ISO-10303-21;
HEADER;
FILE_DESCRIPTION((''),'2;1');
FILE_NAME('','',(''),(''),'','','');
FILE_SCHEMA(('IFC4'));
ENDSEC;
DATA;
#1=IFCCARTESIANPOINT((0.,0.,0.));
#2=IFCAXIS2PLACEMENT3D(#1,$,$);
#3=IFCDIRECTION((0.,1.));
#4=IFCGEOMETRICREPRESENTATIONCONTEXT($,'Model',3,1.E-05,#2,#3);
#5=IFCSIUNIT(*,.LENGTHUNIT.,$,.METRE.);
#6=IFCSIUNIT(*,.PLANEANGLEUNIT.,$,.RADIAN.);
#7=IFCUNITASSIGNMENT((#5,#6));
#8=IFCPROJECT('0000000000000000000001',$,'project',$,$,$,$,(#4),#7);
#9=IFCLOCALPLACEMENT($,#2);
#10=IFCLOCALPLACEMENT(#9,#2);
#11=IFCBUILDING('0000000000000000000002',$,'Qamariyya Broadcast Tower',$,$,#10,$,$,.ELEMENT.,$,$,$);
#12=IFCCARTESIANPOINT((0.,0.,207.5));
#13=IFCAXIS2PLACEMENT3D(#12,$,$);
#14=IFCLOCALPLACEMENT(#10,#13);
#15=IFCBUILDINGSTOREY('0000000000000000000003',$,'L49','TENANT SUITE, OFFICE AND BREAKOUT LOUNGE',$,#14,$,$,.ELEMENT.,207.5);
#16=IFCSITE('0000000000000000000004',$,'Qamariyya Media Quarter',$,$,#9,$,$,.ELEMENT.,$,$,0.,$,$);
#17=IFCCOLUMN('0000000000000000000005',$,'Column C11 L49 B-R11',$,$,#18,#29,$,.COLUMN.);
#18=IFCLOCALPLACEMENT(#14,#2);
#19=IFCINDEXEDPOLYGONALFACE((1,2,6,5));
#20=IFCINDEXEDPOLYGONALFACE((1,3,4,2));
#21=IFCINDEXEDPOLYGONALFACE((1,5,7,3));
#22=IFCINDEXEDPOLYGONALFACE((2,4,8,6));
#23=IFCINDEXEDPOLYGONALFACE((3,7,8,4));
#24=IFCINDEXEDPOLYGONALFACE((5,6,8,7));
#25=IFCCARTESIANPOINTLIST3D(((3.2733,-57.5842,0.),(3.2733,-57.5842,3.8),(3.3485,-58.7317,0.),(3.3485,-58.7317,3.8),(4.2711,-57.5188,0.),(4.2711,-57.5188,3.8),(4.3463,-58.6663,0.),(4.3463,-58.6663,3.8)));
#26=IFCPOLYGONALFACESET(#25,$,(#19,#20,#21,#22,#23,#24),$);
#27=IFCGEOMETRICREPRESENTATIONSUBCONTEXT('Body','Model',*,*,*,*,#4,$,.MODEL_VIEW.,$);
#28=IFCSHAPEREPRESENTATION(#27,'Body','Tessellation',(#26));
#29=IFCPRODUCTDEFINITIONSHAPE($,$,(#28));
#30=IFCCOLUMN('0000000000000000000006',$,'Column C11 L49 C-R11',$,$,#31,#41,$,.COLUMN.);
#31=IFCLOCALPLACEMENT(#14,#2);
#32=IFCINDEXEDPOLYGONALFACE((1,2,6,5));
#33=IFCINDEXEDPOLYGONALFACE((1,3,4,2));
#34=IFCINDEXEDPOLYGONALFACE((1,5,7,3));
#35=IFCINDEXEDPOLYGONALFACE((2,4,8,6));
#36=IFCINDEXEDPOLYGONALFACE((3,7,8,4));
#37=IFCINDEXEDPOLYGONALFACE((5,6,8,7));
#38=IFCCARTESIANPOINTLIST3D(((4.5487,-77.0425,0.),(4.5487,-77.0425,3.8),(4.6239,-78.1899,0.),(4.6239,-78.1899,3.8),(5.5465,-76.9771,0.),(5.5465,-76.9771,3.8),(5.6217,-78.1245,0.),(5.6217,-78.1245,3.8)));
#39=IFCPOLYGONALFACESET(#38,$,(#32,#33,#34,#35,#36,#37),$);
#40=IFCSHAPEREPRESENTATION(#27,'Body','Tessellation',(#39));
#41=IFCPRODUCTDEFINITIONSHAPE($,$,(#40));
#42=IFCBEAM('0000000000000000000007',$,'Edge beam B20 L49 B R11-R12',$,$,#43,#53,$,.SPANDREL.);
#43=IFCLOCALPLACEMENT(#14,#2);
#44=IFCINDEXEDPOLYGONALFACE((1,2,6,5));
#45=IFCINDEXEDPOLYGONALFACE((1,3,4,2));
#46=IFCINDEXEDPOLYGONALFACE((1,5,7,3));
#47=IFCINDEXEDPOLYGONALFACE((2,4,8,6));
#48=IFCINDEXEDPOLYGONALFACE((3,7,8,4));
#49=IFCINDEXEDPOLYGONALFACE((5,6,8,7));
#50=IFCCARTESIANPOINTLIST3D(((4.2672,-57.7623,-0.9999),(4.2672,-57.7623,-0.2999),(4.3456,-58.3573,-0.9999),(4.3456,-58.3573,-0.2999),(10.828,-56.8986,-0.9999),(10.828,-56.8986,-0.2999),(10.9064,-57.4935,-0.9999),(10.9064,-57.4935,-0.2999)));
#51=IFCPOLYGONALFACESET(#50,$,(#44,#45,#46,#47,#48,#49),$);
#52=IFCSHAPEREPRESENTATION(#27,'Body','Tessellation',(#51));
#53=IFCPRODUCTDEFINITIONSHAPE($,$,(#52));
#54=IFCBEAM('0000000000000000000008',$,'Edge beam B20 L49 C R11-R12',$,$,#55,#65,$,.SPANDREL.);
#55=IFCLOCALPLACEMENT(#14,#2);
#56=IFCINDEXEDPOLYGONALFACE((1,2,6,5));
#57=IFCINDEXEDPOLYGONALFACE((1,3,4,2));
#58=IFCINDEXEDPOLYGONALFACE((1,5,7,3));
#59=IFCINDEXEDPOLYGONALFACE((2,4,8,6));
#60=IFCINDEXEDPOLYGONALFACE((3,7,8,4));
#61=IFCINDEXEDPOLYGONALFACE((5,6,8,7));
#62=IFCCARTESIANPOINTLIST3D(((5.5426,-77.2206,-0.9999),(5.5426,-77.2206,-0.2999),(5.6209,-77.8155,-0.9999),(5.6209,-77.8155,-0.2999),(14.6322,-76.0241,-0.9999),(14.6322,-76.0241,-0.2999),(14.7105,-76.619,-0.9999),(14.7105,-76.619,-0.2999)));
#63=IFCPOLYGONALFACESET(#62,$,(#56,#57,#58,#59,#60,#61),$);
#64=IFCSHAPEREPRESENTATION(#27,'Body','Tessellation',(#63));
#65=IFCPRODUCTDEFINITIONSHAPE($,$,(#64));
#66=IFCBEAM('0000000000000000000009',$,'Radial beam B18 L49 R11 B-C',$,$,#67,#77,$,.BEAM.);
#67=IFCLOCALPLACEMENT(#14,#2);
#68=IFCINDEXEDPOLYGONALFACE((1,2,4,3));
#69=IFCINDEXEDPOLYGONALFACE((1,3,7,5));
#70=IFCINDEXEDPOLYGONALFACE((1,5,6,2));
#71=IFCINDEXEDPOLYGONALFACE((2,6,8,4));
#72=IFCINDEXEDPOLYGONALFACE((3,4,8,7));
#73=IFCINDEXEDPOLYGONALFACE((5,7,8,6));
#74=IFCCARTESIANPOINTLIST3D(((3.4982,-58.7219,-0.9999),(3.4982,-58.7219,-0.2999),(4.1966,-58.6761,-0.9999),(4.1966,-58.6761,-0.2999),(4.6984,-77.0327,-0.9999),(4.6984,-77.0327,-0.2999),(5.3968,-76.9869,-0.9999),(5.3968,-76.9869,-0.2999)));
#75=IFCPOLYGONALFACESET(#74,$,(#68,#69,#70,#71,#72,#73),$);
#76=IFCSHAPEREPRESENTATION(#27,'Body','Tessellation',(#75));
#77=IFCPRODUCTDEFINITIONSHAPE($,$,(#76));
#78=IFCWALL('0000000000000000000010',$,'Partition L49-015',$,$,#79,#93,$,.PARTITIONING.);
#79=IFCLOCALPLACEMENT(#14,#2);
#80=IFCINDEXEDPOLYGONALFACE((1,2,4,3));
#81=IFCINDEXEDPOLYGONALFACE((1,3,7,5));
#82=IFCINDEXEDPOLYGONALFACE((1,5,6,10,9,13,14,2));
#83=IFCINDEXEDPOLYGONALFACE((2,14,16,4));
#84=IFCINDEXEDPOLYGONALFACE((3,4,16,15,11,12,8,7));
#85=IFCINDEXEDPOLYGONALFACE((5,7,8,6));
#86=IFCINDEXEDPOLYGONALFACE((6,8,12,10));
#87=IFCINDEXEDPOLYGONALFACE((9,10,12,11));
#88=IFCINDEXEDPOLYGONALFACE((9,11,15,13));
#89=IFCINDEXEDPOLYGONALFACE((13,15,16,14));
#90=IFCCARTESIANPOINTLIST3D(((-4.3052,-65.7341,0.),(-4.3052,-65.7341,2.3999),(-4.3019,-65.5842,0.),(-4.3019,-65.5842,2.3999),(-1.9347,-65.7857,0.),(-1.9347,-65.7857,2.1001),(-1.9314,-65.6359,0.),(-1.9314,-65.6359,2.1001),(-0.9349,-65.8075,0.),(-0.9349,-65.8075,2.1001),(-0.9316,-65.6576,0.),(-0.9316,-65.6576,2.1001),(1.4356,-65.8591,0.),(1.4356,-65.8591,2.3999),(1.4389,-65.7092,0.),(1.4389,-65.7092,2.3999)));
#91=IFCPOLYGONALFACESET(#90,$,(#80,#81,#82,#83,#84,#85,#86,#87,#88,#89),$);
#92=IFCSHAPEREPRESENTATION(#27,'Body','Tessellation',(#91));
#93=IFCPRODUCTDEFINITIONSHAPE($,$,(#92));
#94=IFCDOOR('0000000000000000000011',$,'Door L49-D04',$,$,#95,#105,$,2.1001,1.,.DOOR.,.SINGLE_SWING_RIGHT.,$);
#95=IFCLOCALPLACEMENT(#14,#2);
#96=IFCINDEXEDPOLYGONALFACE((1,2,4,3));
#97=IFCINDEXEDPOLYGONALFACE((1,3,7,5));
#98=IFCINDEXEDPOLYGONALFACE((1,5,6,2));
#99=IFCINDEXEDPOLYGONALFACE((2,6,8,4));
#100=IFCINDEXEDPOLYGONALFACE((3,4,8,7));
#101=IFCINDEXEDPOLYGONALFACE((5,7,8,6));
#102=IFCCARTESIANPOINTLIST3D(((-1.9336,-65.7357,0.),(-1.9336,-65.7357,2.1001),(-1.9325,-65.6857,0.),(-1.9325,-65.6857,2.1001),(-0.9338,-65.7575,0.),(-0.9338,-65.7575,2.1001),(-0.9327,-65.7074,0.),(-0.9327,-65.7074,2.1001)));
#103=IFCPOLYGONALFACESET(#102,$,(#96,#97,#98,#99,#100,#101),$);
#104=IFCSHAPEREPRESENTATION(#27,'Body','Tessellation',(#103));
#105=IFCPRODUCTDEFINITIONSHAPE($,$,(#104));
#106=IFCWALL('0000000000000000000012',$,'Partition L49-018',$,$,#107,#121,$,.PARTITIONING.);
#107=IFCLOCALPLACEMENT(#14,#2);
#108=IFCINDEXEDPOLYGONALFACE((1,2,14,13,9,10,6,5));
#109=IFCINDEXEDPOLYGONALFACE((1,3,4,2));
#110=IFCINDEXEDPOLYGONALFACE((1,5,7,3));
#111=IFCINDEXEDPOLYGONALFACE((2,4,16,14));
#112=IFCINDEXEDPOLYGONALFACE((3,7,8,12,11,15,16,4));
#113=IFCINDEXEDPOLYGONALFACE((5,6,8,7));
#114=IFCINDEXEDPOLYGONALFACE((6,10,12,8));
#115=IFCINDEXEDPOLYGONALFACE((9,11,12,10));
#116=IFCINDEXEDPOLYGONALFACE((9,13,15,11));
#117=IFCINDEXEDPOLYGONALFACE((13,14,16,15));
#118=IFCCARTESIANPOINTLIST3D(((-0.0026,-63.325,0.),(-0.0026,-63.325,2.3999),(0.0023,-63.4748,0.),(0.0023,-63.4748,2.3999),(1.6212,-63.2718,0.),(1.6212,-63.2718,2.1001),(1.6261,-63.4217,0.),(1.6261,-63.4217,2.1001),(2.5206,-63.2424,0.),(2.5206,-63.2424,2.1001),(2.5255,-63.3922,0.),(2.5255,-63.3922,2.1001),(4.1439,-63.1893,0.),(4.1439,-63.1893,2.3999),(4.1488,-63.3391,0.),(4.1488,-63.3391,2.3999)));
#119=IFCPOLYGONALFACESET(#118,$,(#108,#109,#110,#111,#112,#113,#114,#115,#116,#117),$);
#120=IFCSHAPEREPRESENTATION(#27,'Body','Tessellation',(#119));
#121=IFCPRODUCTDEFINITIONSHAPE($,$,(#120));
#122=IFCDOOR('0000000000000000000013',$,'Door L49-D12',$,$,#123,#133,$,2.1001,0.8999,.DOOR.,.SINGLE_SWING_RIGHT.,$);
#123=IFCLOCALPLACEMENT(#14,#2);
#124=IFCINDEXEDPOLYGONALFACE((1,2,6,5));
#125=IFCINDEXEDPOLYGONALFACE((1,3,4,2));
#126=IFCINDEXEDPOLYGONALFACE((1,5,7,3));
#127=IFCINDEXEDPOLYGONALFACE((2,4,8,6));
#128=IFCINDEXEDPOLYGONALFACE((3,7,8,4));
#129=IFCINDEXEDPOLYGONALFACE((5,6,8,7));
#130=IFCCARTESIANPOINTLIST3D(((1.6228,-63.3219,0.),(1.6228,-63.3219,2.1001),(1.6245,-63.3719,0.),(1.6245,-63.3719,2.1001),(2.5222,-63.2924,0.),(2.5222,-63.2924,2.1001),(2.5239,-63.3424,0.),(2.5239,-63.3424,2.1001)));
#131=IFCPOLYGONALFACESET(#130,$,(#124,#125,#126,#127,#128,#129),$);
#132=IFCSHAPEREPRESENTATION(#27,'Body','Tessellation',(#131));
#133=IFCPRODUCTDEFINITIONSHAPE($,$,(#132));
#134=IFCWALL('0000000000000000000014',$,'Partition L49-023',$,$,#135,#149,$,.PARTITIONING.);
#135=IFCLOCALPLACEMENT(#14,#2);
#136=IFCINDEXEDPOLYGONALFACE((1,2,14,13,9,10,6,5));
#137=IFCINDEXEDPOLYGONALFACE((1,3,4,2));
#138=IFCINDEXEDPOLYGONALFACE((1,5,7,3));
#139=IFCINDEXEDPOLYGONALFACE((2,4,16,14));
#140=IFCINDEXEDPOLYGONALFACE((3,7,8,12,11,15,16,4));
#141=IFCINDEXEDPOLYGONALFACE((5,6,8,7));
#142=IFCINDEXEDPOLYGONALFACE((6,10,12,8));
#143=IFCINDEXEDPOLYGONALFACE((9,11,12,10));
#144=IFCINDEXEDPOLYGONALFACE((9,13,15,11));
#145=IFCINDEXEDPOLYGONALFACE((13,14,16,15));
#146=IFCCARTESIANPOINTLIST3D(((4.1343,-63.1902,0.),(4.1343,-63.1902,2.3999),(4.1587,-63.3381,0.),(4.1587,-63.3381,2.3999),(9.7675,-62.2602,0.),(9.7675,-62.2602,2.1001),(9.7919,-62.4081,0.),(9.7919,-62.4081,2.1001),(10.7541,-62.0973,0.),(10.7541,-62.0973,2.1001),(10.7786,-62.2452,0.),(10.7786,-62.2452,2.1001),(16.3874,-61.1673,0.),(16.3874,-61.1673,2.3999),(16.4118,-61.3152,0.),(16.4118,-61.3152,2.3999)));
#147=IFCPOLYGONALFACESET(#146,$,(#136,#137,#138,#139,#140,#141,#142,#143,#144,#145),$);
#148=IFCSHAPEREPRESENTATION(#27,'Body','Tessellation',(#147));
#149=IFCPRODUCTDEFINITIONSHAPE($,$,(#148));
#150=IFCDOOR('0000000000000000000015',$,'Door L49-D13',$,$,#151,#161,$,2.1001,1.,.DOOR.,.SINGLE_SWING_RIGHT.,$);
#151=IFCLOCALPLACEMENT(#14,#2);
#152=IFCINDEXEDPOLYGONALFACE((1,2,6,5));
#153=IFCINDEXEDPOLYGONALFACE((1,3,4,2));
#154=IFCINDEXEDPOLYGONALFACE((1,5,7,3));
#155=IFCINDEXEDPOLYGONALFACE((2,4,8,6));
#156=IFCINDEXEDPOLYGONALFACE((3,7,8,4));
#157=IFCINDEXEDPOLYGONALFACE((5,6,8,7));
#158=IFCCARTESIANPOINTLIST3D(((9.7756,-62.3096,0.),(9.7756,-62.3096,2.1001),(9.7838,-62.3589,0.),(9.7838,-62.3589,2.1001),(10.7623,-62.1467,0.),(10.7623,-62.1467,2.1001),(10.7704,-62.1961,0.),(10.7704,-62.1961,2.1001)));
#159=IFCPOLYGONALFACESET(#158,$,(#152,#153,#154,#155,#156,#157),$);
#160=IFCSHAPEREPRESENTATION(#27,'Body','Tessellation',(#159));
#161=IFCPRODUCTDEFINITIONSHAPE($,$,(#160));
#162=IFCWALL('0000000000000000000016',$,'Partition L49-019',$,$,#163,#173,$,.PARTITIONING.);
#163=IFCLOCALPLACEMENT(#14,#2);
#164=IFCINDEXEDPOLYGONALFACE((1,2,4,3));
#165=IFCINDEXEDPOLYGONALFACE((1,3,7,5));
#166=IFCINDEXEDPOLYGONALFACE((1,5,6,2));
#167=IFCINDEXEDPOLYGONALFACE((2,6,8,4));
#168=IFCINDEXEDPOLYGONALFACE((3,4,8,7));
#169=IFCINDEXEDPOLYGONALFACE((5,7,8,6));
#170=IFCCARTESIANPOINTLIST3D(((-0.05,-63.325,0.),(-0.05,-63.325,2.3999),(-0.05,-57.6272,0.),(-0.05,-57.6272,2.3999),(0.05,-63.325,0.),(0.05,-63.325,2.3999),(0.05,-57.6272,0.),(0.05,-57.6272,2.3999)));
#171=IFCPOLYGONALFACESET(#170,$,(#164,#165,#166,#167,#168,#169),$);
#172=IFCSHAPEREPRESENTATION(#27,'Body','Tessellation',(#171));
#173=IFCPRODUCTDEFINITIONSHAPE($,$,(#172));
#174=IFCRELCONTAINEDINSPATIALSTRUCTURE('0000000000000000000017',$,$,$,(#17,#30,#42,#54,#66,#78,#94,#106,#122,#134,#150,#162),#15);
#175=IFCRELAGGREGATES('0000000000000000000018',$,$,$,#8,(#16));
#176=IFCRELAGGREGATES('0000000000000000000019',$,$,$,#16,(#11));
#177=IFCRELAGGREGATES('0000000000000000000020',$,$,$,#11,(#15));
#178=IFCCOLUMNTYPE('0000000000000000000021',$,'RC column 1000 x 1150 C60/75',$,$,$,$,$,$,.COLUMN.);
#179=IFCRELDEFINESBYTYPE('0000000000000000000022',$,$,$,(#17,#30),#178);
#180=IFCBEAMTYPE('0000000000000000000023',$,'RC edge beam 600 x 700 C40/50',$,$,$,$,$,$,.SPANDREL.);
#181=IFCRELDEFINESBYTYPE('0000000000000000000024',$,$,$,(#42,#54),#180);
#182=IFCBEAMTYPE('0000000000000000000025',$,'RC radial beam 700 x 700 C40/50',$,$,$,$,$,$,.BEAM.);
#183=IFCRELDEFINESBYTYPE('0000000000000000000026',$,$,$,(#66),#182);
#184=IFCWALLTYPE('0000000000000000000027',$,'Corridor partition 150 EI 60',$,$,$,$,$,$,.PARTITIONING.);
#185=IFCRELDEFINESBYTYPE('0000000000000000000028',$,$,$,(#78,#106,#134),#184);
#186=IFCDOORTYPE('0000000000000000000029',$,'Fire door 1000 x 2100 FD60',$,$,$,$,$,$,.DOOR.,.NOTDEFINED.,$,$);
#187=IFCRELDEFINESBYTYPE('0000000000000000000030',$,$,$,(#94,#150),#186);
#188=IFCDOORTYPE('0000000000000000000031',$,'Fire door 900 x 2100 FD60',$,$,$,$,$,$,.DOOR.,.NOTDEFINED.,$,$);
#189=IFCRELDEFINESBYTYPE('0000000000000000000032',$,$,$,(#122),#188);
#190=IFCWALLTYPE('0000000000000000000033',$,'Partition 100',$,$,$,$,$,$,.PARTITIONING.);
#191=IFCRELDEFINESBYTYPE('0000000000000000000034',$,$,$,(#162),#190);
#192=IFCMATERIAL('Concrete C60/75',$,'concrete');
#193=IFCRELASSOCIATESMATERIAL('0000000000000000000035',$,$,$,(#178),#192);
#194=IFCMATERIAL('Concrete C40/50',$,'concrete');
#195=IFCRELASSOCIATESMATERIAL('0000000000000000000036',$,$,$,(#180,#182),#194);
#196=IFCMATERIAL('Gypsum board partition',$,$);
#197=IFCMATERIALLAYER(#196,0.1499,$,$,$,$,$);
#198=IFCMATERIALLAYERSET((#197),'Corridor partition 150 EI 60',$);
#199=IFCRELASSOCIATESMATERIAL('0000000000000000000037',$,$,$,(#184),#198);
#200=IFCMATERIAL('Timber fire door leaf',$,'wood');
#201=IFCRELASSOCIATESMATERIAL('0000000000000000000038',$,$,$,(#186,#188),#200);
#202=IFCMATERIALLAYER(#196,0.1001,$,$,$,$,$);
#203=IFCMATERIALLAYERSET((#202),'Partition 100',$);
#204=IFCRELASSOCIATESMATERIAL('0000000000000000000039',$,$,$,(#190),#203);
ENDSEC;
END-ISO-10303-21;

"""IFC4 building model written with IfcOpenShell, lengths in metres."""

from ifc_helpers import new_model, si_unit, direction, frame, frame_2d, origin, origin_2d, place, context, subcontext, project, spatial, rectangle, extrude, material, layer, layer_set, material_profile, profile_set, type_object, element, fill, save


model = new_model("IFC4")

# Units and contexts
model_context = context("Model", 3, precision=1e-05, world=origin(), true_north=direction((0.0, 1.0)))
body_context = subcontext(model_context, "Body", "Model", "MODEL_VIEW")
ifc_project = project(units=[si_unit("LENGTHUNIT", "METRE"), si_unit("PLANEANGLEUNIT", "RADIAN")], contexts=[model_context])

# Site, building, storey
site_placement = place(None, origin())
site = spatial("IfcSite", under=ifc_project, at=site_placement, Name="Qamariyya Media Quarter", CompositionType="ELEMENT", RefElevation=0.0)
building_placement = place(site_placement, origin())
building = spatial("IfcBuilding", under=site, at=building_placement, Name="Qamariyya Broadcast Tower", CompositionType="ELEMENT")
storey_placement = place(building_placement, frame((0.0, 0.0, 207.5)))
storey = spatial("IfcBuildingStorey", under=building, at=storey_placement, Name="L49", Description="TENANT SUITE, OFFICE AND BREAKOUT LOUNGE", CompositionType="ELEMENT", Elevation=207.5)

# Columns
ifc_material_1 = material(Name="Concrete C60/75", Category="concrete")
ifc_material_profile_1 = material_profile(ifc_material_1, rectangle(XDim=1.0, YDim=1.1499, at=origin_2d()))
ifc_profile_set_1 = profile_set([ifc_material_profile_1], Name="Concrete C60/75")
column_type = type_object("IfcColumnType", Name="RC column 1000 x 1150 C60/75", PredefinedType="COLUMN", material=ifc_profile_set_1)
for number, where, z_axis, x_axis, name in (
    (1, (3.8098, -58.1252, 0.0), (0.0, 0.0, 1.0), (0.997859, 0.065403, 0.0), "Column C11 L49 B-R11"),
    (2, (5.0852, -77.5835, 0.0), (0.0, 0.0, 1.0), (0.997859, 0.065403, 0.0), "Column C11 L49 C-R11"),
):
    element("IfcColumn", number, at=place(storey_placement, frame(where, z_axis=z_axis, x_axis=x_axis)), inside=storey, type_object=column_type, Name=name, PredefinedType="COLUMN", context=body_context, shape_type="SweptSolid", body=[
        extrude(rectangle(XDim=1.0, YDim=1.1499, at=origin_2d()), origin(), (0.0, 0.0, 1.0), 3.8),
    ])

# Beams
ifc_material_2 = material(Name="Concrete C40/50", Category="concrete")
ifc_material_profile_2 = material_profile(ifc_material_2, rectangle(XDim=0.6001, YDim=0.7, at=origin_2d()))
ifc_profile_set_2 = profile_set([ifc_material_profile_2], Name="Concrete C40/50")
beam_type_1 = type_object("IfcBeamType", Name="RC edge beam 600 x 700 C40/50", PredefinedType="SPANDREL", material=ifc_profile_set_2)
beam_1_placement = place(storey_placement, frame((4.3064, -58.0598, -0.6499), z_axis=(0.991444, 0.13053, 0.0), x_axis=(-0.13053, 0.991444, 0.0)))
element("IfcBeam", 3, at=beam_1_placement, inside=storey, type_object=beam_type_1, Name="Edge beam B20 L49 B R11-R12", PredefinedType="SPANDREL", context=body_context, shape_type="SweptSolid", body=[
    extrude(rectangle(XDim=0.6001, YDim=0.7, at=origin_2d()), origin(), (0.0, 0.0, 1.0), 6.6174),
])
beam_2_placement = place(storey_placement, frame((5.5818, -77.5181, -0.6499), z_axis=(0.991447, 0.130512, 0.0), x_axis=(-0.130512, 0.991447, 0.0)))
element("IfcBeam", 4, at=beam_2_placement, inside=storey, type_object=beam_type_1, Name="Edge beam B20 L49 C R11-R12", PredefinedType="SPANDREL", context=body_context, shape_type="SweptSolid", body=[
    extrude(rectangle(XDim=0.6001, YDim=0.7, at=origin_2d()), origin(), (0.0, 0.0, 1.0), 9.168),
])
ifc_material_profile_3 = material_profile(ifc_material_2, rectangle(XDim=0.7, YDim=0.7, at=origin_2d()))
ifc_profile_set_3 = profile_set([ifc_material_profile_3], Name="Concrete C40/50")
beam_type_2 = type_object("IfcBeamType", Name="RC radial beam 700 x 700 C40/50", PredefinedType="BEAM", material=ifc_profile_set_3)
beam_3_placement = place(storey_placement, frame((3.8474, -58.699, -0.6499), z_axis=(0.065405, -0.997859, 0.0), x_axis=(0.997859, 0.065405, 0.0)))
element("IfcBeam", 5, at=beam_3_placement, inside=storey, type_object=beam_type_2, Name="Radial beam B18 L49 R11 B-C", PredefinedType="BEAM", context=body_context, shape_type="SweptSolid", body=[
    extrude(rectangle(XDim=0.7, YDim=0.7, at=origin_2d()), origin(), (0.0, 0.0, 1.0), 18.3501),
])

# Walls, openings, doors
ifc_material_3 = material(Name="Gypsum board partition")
ifc_layer_1 = layer(ifc_material_3, 0.1499)
ifc_layer_set_1 = layer_set([ifc_layer_1], Name="Corridor partition 150 EI 60")
wall_type_1 = type_object("IfcWallType", Name="Corridor partition 150 EI 60", PredefinedType="PARTITIONING", material=ifc_layer_set_1)
wall_1_placement = place(storey_placement, frame((1.4373, -65.7842, 0.0), z_axis=(0.0, 0.0, 1.0), x_axis=(-0.999763, 0.021769, 0.0)))
wall_1 = element("IfcWall", 6, at=wall_1_placement, inside=storey, type_object=wall_type_1, Name="Partition L49-015", PredefinedType="PARTITIONING", context=body_context, shape_type="SweptSolid", body=[
    extrude(rectangle(XDim=5.7422, YDim=0.1499, at=frame_2d((2.8711, 0.0))), origin(), (0.0, 0.0, 1.0), 2.3999),
])
opening_1_placement = place(wall_1_placement, frame((2.3711, 0.0, 0.0)))
opening_1 = element("IfcOpeningElement", 7, at=opening_1_placement, cuts=wall_1, PredefinedType="OPENING", context=body_context, shape_type="SweptSolid", body=[
    extrude(rectangle(XDim=1.0, YDim=2.1001, at=frame_2d((0.5, 1.05))), frame((0.0, 0.085, 0.0), z_axis=(0.0, -1.0, 0.0), x_axis=(1.0, 0.0, 0.0)), (0.0, 0.0, 1.0), 0.1699),
])
ifc_material_4 = material(Name="Timber fire door leaf", Category="wood")
door_type_1 = type_object("IfcDoorType", Name="Fire door 1000 x 2100 FD60", OperationType="NOTDEFINED", PredefinedType="DOOR", material=ifc_material_4)
door_1_placement = place(opening_1_placement, origin())
door_1 = element("IfcDoor", 8, at=door_1_placement, inside=storey, type_object=door_type_1, Name="Door L49-D04", OperationType="SINGLE_SWING_RIGHT", OverallHeight=2.1001, OverallWidth=1.0, PredefinedType="DOOR", context=body_context, shape_type="SweptSolid", body=[
    extrude(rectangle(XDim=1.0, YDim=2.1001, at=frame_2d((0.5, 1.05))), frame((0.0, 0.0249, 0.0), z_axis=(0.0, -1.0, 0.0), x_axis=(1.0, 0.0, 0.0)), (0.0, 0.0, 1.0), 0.05),
])
fill(opening_1, door_1)
wall_2_placement = place(storey_placement, frame((0.0, -63.3999, 0.0), z_axis=(0.0, 0.0, 1.0), x_axis=(0.999465, 0.032719, 0.0)))
wall_2 = element("IfcWall", 9, at=wall_2_placement, inside=storey, type_object=wall_type_1, Name="Partition L49-018", PredefinedType="PARTITIONING", context=body_context, shape_type="SweptSolid", body=[
    extrude(rectangle(XDim=4.1487, YDim=0.1499, at=frame_2d((2.0742, 0.0))), origin(), (0.0, 0.0, 1.0), 2.3999),
])
opening_2_placement = place(wall_2_placement, frame((1.6245, 0.0, 0.0)))
opening_2 = element("IfcOpeningElement", 10, at=opening_2_placement, cuts=wall_2, PredefinedType="OPENING", context=body_context, shape_type="SweptSolid", body=[
    extrude(rectangle(XDim=0.8999, YDim=2.1001, at=frame_2d((0.45, 1.05))), frame((0.0, 0.085, 0.0), z_axis=(0.0, -1.0, 0.0), x_axis=(1.0, 0.0, 0.0)), (0.0, 0.0, 1.0), 0.1699),
])
door_type_2 = type_object("IfcDoorType", Name="Fire door 900 x 2100 FD60", OperationType="NOTDEFINED", PredefinedType="DOOR", material=ifc_material_4)
door_2_placement = place(opening_2_placement, origin())
door_2 = element("IfcDoor", 11, at=door_2_placement, inside=storey, type_object=door_type_2, Name="Door L49-D12", OperationType="SINGLE_SWING_RIGHT", OverallHeight=2.1001, OverallWidth=0.8999, PredefinedType="DOOR", context=body_context, shape_type="SweptSolid", body=[
    extrude(rectangle(XDim=0.8999, YDim=2.1001, at=frame_2d((0.45, 1.05))), frame((0.0, 0.0249, 0.0), z_axis=(0.0, -1.0, 0.0), x_axis=(1.0, 0.0, 0.0)), (0.0, 0.0, 1.0), 0.05),
])
fill(opening_2, door_2)
wall_3_placement = place(storey_placement, frame((4.1465, -63.2642, 0.0), z_axis=(0.0, 0.0, 1.0), x_axis=(0.986644, 0.162891, 0.0)))
wall_3 = element("IfcWall", 12, at=wall_3_placement, inside=storey, type_object=wall_type_1, Name="Partition L49-023", PredefinedType="PARTITIONING", context=body_context, shape_type="SweptSolid", body=[
    extrude(rectangle(XDim=12.4189, YDim=0.1499, at=frame_2d((6.2095, 0.0))), origin(), (0.0, 0.0, 1.0), 2.3999),
])
opening_3_placement = place(wall_3_placement, frame((5.7095, 0.0, 0.0)))
opening_3 = element("IfcOpeningElement", 13, at=opening_3_placement, cuts=wall_3, PredefinedType="OPENING", context=body_context, shape_type="SweptSolid", body=[
    extrude(rectangle(XDim=1.0, YDim=2.1001, at=frame_2d((0.5, 1.05))), frame((0.0, 0.085, 0.0), z_axis=(0.0, -1.0, 0.0), x_axis=(1.0, 0.0, 0.0)), (0.0, 0.0, 1.0), 0.1699),
])
door_3_placement = place(opening_3_placement, origin())
door_3 = element("IfcDoor", 14, at=door_3_placement, inside=storey, type_object=door_type_1, Name="Door L49-D13", OperationType="SINGLE_SWING_RIGHT", OverallHeight=2.1001, OverallWidth=1.0, PredefinedType="DOOR", context=body_context, shape_type="SweptSolid", body=[
    extrude(rectangle(XDim=1.0, YDim=2.1001, at=frame_2d((0.5, 1.05))), frame((0.0, 0.0249, 0.0), z_axis=(0.0, -1.0, 0.0), x_axis=(1.0, 0.0, 0.0)), (0.0, 0.0, 1.0), 0.05),
])
fill(opening_3, door_3)

# Wall
ifc_layer_2 = layer(ifc_material_3, 0.1001)
ifc_layer_set_2 = layer_set([ifc_layer_2], Name="Partition 100")
wall_type_2 = type_object("IfcWallType", Name="Partition 100", PredefinedType="PARTITIONING", material=ifc_layer_set_2)
wall_4_placement = place(storey_placement, frame((0.0, -57.6272, 0.0), z_axis=(0.0, 0.0, 1.0), x_axis=(0.0, -1.0, 0.0)))
element("IfcWall", 15, at=wall_4_placement, inside=storey, type_object=wall_type_2, Name="Partition L49-019", PredefinedType="PARTITIONING", context=body_context, shape_type="SweptSolid", body=[
    extrude(rectangle(XDim=5.6978, YDim=0.1001, at=frame_2d((2.8489, 0.0))), origin(), (0.0, 0.0, 1.0), 2.3999),
])

save(model, "model.ifc")
